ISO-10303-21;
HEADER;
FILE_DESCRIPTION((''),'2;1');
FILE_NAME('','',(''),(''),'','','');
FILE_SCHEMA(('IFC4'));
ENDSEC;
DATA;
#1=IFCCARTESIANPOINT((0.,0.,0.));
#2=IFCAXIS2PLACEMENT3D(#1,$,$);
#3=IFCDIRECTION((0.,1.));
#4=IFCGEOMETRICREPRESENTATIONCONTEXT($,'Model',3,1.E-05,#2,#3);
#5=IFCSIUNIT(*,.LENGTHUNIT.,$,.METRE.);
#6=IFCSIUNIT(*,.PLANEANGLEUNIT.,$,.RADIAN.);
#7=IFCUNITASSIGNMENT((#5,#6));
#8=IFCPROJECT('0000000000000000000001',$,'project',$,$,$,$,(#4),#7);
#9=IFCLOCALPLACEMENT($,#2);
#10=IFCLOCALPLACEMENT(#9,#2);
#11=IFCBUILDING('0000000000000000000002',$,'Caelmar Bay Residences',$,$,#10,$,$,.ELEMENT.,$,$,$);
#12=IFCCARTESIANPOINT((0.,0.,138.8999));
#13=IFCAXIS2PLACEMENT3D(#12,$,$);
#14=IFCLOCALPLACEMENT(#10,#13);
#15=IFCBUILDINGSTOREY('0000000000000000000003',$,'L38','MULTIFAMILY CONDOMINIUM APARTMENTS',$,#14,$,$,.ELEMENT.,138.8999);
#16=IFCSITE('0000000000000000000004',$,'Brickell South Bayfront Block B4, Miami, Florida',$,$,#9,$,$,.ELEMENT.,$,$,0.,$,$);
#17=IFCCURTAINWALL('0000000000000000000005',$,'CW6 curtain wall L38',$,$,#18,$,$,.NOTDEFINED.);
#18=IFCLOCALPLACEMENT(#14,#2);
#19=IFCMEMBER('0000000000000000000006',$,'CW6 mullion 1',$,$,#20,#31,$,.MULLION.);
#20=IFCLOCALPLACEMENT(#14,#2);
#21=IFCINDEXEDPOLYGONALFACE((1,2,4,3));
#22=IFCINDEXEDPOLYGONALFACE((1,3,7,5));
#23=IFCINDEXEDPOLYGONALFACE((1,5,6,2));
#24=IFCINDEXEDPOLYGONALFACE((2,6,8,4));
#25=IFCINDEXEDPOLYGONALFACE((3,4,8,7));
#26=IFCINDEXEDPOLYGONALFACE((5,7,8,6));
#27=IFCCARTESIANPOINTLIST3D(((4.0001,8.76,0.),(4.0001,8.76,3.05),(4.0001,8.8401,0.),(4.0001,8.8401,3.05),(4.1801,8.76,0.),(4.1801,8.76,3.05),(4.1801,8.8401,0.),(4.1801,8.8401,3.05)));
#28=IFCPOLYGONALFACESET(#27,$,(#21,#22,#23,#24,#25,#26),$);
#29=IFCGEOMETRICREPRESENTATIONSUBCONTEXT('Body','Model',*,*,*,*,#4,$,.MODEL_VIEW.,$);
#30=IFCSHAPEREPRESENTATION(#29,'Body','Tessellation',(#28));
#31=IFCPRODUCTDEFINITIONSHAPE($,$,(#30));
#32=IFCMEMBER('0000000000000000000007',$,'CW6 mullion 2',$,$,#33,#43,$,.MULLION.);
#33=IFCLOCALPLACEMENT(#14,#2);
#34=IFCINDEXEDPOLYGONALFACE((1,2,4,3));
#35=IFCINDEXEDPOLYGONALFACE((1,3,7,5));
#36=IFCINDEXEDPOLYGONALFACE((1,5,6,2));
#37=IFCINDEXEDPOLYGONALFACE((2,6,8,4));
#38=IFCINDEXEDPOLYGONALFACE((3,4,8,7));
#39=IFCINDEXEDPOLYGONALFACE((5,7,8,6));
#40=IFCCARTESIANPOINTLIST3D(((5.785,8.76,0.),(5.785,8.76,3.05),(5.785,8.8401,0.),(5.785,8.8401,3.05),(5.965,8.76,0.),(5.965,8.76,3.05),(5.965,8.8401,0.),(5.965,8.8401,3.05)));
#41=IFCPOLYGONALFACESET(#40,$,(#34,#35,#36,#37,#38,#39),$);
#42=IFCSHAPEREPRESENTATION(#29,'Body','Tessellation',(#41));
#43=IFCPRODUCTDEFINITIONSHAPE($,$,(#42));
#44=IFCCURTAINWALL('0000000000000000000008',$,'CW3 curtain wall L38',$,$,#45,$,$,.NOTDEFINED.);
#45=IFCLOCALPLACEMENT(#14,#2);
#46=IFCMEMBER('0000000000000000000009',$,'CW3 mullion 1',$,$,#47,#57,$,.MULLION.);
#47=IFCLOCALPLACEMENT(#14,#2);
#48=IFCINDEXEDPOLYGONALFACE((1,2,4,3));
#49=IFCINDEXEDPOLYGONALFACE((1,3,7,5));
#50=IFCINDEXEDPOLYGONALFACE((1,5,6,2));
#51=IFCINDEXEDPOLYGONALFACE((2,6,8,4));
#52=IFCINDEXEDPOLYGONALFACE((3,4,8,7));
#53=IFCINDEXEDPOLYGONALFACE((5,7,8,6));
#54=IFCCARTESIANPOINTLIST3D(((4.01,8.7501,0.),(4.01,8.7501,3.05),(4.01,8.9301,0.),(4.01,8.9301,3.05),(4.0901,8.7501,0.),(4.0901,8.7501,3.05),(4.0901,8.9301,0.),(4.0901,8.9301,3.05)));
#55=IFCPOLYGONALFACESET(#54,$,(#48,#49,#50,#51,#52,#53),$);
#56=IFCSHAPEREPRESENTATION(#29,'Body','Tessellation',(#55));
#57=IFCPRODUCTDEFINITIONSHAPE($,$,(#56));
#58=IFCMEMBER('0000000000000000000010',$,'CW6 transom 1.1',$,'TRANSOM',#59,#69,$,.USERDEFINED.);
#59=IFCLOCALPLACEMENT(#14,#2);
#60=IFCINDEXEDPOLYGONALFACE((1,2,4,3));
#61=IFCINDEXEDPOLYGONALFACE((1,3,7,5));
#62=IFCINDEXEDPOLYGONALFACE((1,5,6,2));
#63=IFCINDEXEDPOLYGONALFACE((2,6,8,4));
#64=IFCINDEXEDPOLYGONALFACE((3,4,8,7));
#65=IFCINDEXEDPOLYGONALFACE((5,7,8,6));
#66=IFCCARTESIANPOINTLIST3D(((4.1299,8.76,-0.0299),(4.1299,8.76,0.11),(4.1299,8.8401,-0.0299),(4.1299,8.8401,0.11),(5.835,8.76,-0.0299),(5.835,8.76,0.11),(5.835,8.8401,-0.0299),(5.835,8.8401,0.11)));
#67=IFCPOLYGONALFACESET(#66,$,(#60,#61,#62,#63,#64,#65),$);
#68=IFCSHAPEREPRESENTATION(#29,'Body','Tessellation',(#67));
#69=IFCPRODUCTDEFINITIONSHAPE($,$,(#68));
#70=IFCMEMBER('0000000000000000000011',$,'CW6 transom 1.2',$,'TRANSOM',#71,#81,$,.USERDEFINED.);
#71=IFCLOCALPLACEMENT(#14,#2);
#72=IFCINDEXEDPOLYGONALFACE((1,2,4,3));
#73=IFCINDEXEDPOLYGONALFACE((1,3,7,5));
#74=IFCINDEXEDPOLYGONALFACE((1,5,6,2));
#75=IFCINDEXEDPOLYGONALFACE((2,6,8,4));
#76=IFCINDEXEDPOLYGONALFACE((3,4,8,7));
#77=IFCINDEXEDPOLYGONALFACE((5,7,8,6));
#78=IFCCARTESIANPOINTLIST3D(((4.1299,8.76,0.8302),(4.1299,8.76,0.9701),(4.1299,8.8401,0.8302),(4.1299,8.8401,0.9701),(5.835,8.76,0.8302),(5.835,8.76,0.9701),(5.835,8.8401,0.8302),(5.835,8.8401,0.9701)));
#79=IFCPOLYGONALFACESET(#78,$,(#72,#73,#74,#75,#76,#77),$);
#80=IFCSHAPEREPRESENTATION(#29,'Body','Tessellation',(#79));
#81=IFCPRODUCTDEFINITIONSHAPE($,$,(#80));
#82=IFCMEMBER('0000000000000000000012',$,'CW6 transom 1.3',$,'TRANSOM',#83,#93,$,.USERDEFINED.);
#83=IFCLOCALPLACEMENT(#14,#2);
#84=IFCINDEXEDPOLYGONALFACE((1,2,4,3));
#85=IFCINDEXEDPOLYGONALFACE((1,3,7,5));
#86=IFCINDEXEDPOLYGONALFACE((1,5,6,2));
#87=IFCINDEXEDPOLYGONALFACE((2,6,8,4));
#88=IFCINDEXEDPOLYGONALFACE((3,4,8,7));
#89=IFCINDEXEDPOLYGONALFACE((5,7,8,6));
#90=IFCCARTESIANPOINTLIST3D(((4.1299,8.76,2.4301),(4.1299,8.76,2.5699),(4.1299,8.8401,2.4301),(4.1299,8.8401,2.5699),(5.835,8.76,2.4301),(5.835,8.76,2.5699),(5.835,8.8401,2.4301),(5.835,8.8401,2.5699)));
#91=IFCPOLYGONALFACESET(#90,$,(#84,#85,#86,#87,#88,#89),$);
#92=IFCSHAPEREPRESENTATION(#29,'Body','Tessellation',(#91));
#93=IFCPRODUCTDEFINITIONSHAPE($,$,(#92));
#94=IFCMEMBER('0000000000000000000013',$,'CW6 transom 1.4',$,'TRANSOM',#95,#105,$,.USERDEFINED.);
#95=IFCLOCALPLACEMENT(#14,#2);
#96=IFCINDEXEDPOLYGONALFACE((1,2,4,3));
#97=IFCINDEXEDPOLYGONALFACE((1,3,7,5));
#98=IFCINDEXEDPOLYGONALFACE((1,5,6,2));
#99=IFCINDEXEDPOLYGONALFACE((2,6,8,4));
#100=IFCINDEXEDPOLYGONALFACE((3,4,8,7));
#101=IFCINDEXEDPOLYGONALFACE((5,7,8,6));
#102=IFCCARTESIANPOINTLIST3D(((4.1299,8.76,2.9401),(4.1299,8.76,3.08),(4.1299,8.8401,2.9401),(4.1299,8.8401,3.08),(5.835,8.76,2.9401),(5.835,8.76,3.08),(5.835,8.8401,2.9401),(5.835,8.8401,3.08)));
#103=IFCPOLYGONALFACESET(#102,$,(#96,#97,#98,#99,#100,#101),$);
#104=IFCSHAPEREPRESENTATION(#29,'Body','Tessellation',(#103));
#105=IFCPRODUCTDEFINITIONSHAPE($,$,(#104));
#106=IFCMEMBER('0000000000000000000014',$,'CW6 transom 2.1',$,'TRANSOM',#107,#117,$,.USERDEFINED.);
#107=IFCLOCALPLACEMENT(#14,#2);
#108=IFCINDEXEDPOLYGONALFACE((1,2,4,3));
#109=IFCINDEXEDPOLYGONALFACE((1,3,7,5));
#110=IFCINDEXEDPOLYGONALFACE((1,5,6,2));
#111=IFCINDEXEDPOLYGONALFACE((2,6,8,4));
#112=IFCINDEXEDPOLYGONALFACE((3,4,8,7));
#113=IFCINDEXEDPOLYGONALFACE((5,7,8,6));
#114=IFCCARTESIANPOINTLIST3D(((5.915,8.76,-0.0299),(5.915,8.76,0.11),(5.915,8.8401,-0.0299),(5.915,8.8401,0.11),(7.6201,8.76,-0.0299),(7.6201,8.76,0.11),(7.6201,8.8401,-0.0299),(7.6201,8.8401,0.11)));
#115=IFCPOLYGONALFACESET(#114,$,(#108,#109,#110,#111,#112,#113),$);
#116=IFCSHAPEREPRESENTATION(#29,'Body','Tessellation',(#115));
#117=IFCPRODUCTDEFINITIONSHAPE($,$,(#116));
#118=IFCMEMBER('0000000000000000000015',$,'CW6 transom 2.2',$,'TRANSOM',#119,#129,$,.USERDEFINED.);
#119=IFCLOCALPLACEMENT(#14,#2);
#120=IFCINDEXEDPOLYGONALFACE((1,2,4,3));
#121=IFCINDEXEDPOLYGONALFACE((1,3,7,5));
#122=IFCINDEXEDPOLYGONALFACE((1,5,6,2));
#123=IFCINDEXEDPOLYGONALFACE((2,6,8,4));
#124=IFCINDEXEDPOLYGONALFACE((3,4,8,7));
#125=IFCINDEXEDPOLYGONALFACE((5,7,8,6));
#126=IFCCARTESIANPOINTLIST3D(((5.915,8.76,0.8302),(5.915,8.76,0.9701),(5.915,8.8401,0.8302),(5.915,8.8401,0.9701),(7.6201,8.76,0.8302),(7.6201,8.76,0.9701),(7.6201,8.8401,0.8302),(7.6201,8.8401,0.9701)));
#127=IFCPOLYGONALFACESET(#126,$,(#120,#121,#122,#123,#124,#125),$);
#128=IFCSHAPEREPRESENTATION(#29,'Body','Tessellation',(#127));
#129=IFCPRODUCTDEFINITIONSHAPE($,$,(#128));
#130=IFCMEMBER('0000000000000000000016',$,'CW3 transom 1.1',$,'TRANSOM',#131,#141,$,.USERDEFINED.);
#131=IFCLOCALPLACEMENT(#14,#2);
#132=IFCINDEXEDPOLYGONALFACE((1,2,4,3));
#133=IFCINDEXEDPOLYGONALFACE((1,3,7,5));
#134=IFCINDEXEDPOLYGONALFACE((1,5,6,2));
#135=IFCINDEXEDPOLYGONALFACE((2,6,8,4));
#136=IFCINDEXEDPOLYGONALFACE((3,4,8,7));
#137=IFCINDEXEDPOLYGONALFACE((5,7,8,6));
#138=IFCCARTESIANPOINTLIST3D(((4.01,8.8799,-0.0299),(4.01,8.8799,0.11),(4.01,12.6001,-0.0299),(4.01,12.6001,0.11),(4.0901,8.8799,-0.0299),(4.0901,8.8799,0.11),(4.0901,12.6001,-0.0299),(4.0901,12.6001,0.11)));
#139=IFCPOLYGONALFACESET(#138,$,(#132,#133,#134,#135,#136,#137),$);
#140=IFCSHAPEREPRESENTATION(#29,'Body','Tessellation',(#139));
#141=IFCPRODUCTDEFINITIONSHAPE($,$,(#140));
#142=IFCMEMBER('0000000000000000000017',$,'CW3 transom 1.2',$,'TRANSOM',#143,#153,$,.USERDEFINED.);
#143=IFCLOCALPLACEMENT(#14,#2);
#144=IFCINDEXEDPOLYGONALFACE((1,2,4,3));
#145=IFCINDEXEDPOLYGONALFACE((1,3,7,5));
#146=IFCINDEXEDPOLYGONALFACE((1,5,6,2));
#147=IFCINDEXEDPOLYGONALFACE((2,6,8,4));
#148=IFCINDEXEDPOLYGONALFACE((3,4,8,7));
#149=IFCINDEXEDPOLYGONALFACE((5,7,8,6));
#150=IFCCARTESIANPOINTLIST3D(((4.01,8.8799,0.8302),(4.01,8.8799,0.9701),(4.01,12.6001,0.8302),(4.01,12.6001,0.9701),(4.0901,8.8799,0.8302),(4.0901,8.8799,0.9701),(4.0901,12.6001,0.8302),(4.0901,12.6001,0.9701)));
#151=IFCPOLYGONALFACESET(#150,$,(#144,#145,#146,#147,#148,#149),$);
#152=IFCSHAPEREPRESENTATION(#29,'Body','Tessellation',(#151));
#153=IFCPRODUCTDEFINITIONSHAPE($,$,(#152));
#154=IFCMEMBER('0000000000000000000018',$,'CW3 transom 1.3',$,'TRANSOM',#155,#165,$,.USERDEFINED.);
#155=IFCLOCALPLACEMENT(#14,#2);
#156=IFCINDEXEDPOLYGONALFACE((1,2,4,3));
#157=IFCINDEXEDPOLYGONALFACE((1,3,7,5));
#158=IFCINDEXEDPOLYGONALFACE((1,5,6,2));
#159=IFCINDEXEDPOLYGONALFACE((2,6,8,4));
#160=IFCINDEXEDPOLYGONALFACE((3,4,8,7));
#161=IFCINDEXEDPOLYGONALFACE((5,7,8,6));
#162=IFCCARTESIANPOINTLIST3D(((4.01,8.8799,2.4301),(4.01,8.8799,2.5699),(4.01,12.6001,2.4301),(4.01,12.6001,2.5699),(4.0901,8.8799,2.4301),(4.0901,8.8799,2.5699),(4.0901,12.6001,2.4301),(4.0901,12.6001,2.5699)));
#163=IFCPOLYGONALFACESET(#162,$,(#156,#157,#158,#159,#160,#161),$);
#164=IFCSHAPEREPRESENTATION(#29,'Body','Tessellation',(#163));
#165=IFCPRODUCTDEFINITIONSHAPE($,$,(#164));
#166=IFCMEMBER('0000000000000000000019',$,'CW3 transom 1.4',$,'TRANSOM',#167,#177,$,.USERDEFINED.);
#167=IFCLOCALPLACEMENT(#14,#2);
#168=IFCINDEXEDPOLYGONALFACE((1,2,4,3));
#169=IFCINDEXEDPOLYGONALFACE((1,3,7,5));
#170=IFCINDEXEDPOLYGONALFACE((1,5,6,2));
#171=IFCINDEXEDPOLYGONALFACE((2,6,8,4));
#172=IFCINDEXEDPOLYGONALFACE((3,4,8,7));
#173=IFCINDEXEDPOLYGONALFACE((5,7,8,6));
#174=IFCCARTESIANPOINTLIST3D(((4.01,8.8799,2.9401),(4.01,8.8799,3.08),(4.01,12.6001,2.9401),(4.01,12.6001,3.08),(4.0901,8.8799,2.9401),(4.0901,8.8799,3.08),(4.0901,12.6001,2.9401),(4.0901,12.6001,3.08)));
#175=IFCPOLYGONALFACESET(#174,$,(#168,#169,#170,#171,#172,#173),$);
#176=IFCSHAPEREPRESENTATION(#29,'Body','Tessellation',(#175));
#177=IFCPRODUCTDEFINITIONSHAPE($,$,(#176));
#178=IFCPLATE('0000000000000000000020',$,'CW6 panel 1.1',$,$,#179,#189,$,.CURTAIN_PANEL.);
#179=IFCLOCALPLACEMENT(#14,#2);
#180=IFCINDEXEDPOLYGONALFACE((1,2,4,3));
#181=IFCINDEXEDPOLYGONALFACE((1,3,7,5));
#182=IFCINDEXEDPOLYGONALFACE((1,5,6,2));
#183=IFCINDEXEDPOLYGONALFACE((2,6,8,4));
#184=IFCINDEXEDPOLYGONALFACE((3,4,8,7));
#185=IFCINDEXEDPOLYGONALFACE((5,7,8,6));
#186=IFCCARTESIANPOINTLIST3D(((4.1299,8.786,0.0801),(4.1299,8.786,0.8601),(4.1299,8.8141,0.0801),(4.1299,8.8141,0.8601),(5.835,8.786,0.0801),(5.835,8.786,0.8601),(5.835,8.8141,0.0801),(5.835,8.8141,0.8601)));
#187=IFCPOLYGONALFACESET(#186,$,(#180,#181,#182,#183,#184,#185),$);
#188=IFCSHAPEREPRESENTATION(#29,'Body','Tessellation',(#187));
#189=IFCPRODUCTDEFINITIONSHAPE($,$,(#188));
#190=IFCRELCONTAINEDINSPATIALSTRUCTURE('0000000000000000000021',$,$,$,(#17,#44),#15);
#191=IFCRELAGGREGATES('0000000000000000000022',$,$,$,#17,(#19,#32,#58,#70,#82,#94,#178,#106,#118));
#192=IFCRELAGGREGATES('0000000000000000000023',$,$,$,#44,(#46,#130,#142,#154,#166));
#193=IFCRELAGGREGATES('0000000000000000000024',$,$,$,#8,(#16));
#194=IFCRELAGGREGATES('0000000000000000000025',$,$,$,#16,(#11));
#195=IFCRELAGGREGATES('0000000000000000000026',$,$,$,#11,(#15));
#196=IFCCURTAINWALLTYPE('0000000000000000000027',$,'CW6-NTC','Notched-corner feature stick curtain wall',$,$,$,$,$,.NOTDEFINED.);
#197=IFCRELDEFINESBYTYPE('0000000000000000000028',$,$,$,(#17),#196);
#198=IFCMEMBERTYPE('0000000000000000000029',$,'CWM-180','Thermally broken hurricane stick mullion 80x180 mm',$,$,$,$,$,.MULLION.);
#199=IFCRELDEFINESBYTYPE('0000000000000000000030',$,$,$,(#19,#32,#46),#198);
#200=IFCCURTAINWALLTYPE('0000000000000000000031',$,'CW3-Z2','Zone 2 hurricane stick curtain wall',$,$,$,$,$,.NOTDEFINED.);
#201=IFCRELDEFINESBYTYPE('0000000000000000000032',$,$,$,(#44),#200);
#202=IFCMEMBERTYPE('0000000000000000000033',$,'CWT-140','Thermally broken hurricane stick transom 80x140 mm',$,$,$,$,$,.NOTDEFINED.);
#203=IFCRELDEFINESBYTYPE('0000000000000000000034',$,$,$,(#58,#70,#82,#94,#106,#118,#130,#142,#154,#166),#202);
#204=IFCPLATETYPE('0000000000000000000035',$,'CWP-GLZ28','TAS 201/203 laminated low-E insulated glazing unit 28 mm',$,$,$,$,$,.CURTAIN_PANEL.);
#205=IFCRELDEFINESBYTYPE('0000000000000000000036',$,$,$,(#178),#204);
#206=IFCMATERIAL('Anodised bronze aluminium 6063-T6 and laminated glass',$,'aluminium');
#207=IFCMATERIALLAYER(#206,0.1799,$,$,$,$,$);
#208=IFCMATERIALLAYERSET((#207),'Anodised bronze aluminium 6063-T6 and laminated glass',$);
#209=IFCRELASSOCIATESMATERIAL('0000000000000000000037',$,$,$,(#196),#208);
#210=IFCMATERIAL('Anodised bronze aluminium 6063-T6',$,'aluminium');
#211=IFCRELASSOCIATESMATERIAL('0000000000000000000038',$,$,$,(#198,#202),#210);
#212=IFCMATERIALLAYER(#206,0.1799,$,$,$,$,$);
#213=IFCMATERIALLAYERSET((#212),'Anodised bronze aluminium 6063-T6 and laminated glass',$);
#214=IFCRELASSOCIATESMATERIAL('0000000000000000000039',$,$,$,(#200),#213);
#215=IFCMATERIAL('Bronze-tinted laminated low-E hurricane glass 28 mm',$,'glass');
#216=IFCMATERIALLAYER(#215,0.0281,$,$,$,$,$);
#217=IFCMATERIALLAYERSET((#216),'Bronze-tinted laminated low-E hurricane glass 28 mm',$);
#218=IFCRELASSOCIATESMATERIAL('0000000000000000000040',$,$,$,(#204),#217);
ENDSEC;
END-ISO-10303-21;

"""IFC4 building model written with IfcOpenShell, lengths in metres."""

from ifc_helpers import new_model, si_unit, direction, frame, origin, origin_2d, place, context, subcontext, project, spatial, rectangle, extrude, material, layer, layer_set, material_profile, profile_set, type_object, element, aggregate, save


model = new_model("IFC4")

# Units and contexts
model_context = context("Model", 3, precision=1e-05, world=origin(), true_north=direction((0.0, 1.0)))
body_context = subcontext(model_context, "Body", "Model", "MODEL_VIEW")
ifc_project = project(units=[si_unit("LENGTHUNIT", "METRE"), si_unit("PLANEANGLEUNIT", "RADIAN")], contexts=[model_context])

# Site, building, storey
site_placement = place(None, origin())
site = spatial("IfcSite", under=ifc_project, at=site_placement, Name="Brickell South Bayfront Block B4, Miami, Florida", CompositionType="ELEMENT", RefElevation=0.0)
building_placement = place(site_placement, origin())
building = spatial("IfcBuilding", under=site, at=building_placement, Name="Caelmar Bay Residences", CompositionType="ELEMENT")
storey_placement = place(building_placement, frame((0.0, 0.0, 138.8999)))
storey = spatial("IfcBuildingStorey", under=building, at=storey_placement, Name="L38", Description="MULTIFAMILY CONDOMINIUM APARTMENTS", CompositionType="ELEMENT", Elevation=138.8999)

# Curtain wall, members
ifc_material_1 = material(Name="Anodised bronze aluminium 6063-T6 and laminated glass", Category="aluminium")
ifc_layer_1 = layer(ifc_material_1, 0.1799)
ifc_layer_set_1 = layer_set([ifc_layer_1], Name="Anodised bronze aluminium 6063-T6 and laminated glass")
curtain_wall_type_1 = type_object("IfcCurtainWallType", Name="CW6-NTC", Description="Notched-corner feature stick curtain wall", PredefinedType="NOTDEFINED", material=ifc_layer_set_1)
curtain_wall_1_placement = place(storey_placement, origin())
curtain_wall_1 = element("IfcCurtainWall", 1, at=curtain_wall_1_placement, inside=storey, type_object=curtain_wall_type_1, Name="CW6 curtain wall L38", PredefinedType="NOTDEFINED")
ifc_material_2 = material(Name="Anodised bronze aluminium 6063-T6", Category="aluminium")
ifc_material_profile_1 = material_profile(ifc_material_2, rectangle(XDim=0.0801, YDim=0.1799, at=origin_2d()), Name="CWM-80X180")
ifc_profile_set_1 = profile_set([ifc_material_profile_1], Name="Anodised bronze aluminium 6063-T6")
member_type_1 = type_object("IfcMemberType", Name="CWM-180", Description="Thermally broken hurricane stick mullion 80x180 mm", PredefinedType="MULLION", material=ifc_profile_set_1)
member_1_placement = place(storey_placement, frame((4.0901, 8.8, 0.0), z_axis=(0.0, 0.0, 1.0), x_axis=(0.0, 1.0, 0.0)))
member_1 = element("IfcMember", 2, at=member_1_placement, type_object=member_type_1, Name="CW6 mullion 1", PredefinedType="MULLION", context=body_context, shape_type="SweptSolid", body=[
    extrude(rectangle(XDim=0.0801, YDim=0.1799, at=origin_2d()), origin(), (0.0, 0.0, 1.0), 3.05),
])
member_2_placement = place(storey_placement, frame((5.875, 8.8, 0.0), z_axis=(0.0, 0.0, 1.0), x_axis=(0.0, 1.0, 0.0)))
member_2 = element("IfcMember", 3, at=member_2_placement, type_object=member_type_1, Name="CW6 mullion 2", PredefinedType="MULLION", context=body_context, shape_type="SweptSolid", body=[
    extrude(rectangle(XDim=0.0801, YDim=0.1799, at=origin_2d()), origin(), (0.0, 0.0, 1.0), 3.05),
])

# Curtain wall, member
ifc_layer_2 = layer(ifc_material_1, 0.1799)
ifc_layer_set_2 = layer_set([ifc_layer_2], Name="Anodised bronze aluminium 6063-T6 and laminated glass")
curtain_wall_type_2 = type_object("IfcCurtainWallType", Name="CW3-Z2", Description="Zone 2 hurricane stick curtain wall", PredefinedType="NOTDEFINED", material=ifc_layer_set_2)
curtain_wall_2_placement = place(storey_placement, origin())
curtain_wall_2 = element("IfcCurtainWall", 4, at=curtain_wall_2_placement, inside=storey, type_object=curtain_wall_type_2, Name="CW3 curtain wall L38", PredefinedType="NOTDEFINED")
member_3_placement = place(storey_placement, frame((4.05, 8.8401, 0.0), z_axis=(0.0, 0.0, 1.0), x_axis=(-1.0, 0.0, 0.0)))
member_3 = element("IfcMember", 5, at=member_3_placement, type_object=member_type_1, Name="CW3 mullion 1", PredefinedType="MULLION", context=body_context, shape_type="SweptSolid", body=[
    extrude(rectangle(XDim=0.0801, YDim=0.1799, at=origin_2d()), origin(), (0.0, 0.0, 1.0), 3.05),
])

# Members
ifc_material_profile_2 = material_profile(ifc_material_2, rectangle(XDim=0.0801, YDim=0.1399, at=origin_2d()), Name="CWT-80X140")
ifc_profile_set_2 = profile_set([ifc_material_profile_2], Name="Anodised bronze aluminium 6063-T6")
member_type_2 = type_object("IfcMemberType", Name="CWT-140", Description="Thermally broken hurricane stick transom 80x140 mm", PredefinedType="NOTDEFINED", material=ifc_profile_set_2)
member_4_placement = place(storey_placement, frame((4.1299, 8.8, 0.04), z_axis=(1.0, 0.0, 0.0), x_axis=(0.0, 1.0, 0.0)))
member_4 = element("IfcMember", 6, at=member_4_placement, type_object=member_type_2, Name="CW6 transom 1.1", ObjectType="TRANSOM", PredefinedType="USERDEFINED", context=body_context, shape_type="SweptSolid", body=[
    extrude(rectangle(XDim=0.0801, YDim=0.1399, at=origin_2d()), origin(), (0.0, 0.0, 1.0), 1.7051),
])
member_5_placement = place(storey_placement, frame((4.1299, 8.8, 0.9001), z_axis=(1.0, 0.0, 0.0), x_axis=(0.0, 1.0, 0.0)))
member_5 = element("IfcMember", 7, at=member_5_placement, type_object=member_type_2, Name="CW6 transom 1.2", ObjectType="TRANSOM", PredefinedType="USERDEFINED", context=body_context, shape_type="SweptSolid", body=[
    extrude(rectangle(XDim=0.0801, YDim=0.1399, at=origin_2d()), origin(), (0.0, 0.0, 1.0), 1.7051),
])
member_6_placement = place(storey_placement, frame((4.1299, 8.8, 2.5), z_axis=(1.0, 0.0, 0.0), x_axis=(0.0, 1.0, 0.0)))
member_6 = element("IfcMember", 8, at=member_6_placement, type_object=member_type_2, Name="CW6 transom 1.3", ObjectType="TRANSOM", PredefinedType="USERDEFINED", context=body_context, shape_type="SweptSolid", body=[
    extrude(rectangle(XDim=0.0801, YDim=0.1399, at=origin_2d()), origin(), (0.0, 0.0, 1.0), 1.7051),
])
member_7_placement = place(storey_placement, frame((4.1299, 8.8, 3.01), z_axis=(1.0, 0.0, 0.0), x_axis=(0.0, 1.0, 0.0)))
member_7 = element("IfcMember", 9, at=member_7_placement, type_object=member_type_2, Name="CW6 transom 1.4", ObjectType="TRANSOM", PredefinedType="USERDEFINED", context=body_context, shape_type="SweptSolid", body=[
    extrude(rectangle(XDim=0.0801, YDim=0.1399, at=origin_2d()), origin(), (0.0, 0.0, 1.0), 1.7051),
])
member_8_placement = place(storey_placement, frame((5.915, 8.8, 0.04), z_axis=(1.0, 0.0, 0.0), x_axis=(0.0, 1.0, 0.0)))
member_8 = element("IfcMember", 10, at=member_8_placement, type_object=member_type_2, Name="CW6 transom 2.1", ObjectType="TRANSOM", PredefinedType="USERDEFINED", context=body_context, shape_type="SweptSolid", body=[
    extrude(rectangle(XDim=0.0801, YDim=0.1399, at=origin_2d()), origin(), (0.0, 0.0, 1.0), 1.7051),
])
member_9_placement = place(storey_placement, frame((5.915, 8.8, 0.9001), z_axis=(1.0, 0.0, 0.0), x_axis=(0.0, 1.0, 0.0)))
member_9 = element("IfcMember", 11, at=member_9_placement, type_object=member_type_2, Name="CW6 transom 2.2", ObjectType="TRANSOM", PredefinedType="USERDEFINED", context=body_context, shape_type="SweptSolid", body=[
    extrude(rectangle(XDim=0.0801, YDim=0.1399, at=origin_2d()), origin(), (0.0, 0.0, 1.0), 1.7051),
])
member_10_placement = place(storey_placement, frame((4.05, 8.8799, 0.04), z_axis=(0.0, 1.0, 0.0), x_axis=(-1.0, 0.0, 0.0)))
member_10 = element("IfcMember", 12, at=member_10_placement, type_object=member_type_2, Name="CW3 transom 1.1", ObjectType="TRANSOM", PredefinedType="USERDEFINED", context=body_context, shape_type="SweptSolid", body=[
    extrude(rectangle(XDim=0.0801, YDim=0.1399, at=origin_2d()), origin(), (0.0, 0.0, 1.0), 3.7202),
])
member_11_placement = place(storey_placement, frame((4.05, 8.8799, 0.9001), z_axis=(0.0, 1.0, 0.0), x_axis=(-1.0, 0.0, 0.0)))
member_11 = element("IfcMember", 13, at=member_11_placement, type_object=member_type_2, Name="CW3 transom 1.2", ObjectType="TRANSOM", PredefinedType="USERDEFINED", context=body_context, shape_type="SweptSolid", body=[
    extrude(rectangle(XDim=0.0801, YDim=0.1399, at=origin_2d()), origin(), (0.0, 0.0, 1.0), 3.7202),
])
member_12_placement = place(storey_placement, frame((4.05, 8.8799, 2.5), z_axis=(0.0, 1.0, 0.0), x_axis=(-1.0, 0.0, 0.0)))
member_12 = element("IfcMember", 14, at=member_12_placement, type_object=member_type_2, Name="CW3 transom 1.3", ObjectType="TRANSOM", PredefinedType="USERDEFINED", context=body_context, shape_type="SweptSolid", body=[
    extrude(rectangle(XDim=0.0801, YDim=0.1399, at=origin_2d()), origin(), (0.0, 0.0, 1.0), 3.7202),
])
member_13_placement = place(storey_placement, frame((4.05, 8.8799, 3.01), z_axis=(0.0, 1.0, 0.0), x_axis=(-1.0, 0.0, 0.0)))
member_13 = element("IfcMember", 15, at=member_13_placement, type_object=member_type_2, Name="CW3 transom 1.4", ObjectType="TRANSOM", PredefinedType="USERDEFINED", context=body_context, shape_type="SweptSolid", body=[
    extrude(rectangle(XDim=0.0801, YDim=0.1399, at=origin_2d()), origin(), (0.0, 0.0, 1.0), 3.7202),
])

# Plate
ifc_material_3 = material(Name="Bronze-tinted laminated low-E hurricane glass 28 mm", Category="glass")
ifc_layer_3 = layer(ifc_material_3, 0.0281)
ifc_layer_set_3 = layer_set([ifc_layer_3], Name="Bronze-tinted laminated low-E hurricane glass 28 mm")
plate_type = type_object("IfcPlateType", Name="CWP-GLZ28", Description="TAS 201/203 laminated low-E insulated glazing unit 28 mm", PredefinedType="CURTAIN_PANEL", material=ifc_layer_set_3)
plate_1_placement = place(storey_placement, frame((4.9824, 8.8, 0.0801), z_axis=(0.0, 0.0, 1.0), x_axis=(1.0, 0.0, 0.0)))
plate_1 = element("IfcPlate", 16, at=plate_1_placement, type_object=plate_type, Name="CW6 panel 1.1", PredefinedType="CURTAIN_PANEL", context=body_context, shape_type="SweptSolid", body=[
    extrude(rectangle(XDim=1.7051, YDim=0.0281, at=origin_2d()), origin(), (0.0, 0.0, 1.0), 0.78),
])
aggregate(curtain_wall_1, [member_1, member_2, member_4, member_5, member_6, member_7, plate_1, member_8, member_9])
aggregate(curtain_wall_2, [member_3, member_10, member_11, member_12, member_13])

save(model, "model.ifc")
